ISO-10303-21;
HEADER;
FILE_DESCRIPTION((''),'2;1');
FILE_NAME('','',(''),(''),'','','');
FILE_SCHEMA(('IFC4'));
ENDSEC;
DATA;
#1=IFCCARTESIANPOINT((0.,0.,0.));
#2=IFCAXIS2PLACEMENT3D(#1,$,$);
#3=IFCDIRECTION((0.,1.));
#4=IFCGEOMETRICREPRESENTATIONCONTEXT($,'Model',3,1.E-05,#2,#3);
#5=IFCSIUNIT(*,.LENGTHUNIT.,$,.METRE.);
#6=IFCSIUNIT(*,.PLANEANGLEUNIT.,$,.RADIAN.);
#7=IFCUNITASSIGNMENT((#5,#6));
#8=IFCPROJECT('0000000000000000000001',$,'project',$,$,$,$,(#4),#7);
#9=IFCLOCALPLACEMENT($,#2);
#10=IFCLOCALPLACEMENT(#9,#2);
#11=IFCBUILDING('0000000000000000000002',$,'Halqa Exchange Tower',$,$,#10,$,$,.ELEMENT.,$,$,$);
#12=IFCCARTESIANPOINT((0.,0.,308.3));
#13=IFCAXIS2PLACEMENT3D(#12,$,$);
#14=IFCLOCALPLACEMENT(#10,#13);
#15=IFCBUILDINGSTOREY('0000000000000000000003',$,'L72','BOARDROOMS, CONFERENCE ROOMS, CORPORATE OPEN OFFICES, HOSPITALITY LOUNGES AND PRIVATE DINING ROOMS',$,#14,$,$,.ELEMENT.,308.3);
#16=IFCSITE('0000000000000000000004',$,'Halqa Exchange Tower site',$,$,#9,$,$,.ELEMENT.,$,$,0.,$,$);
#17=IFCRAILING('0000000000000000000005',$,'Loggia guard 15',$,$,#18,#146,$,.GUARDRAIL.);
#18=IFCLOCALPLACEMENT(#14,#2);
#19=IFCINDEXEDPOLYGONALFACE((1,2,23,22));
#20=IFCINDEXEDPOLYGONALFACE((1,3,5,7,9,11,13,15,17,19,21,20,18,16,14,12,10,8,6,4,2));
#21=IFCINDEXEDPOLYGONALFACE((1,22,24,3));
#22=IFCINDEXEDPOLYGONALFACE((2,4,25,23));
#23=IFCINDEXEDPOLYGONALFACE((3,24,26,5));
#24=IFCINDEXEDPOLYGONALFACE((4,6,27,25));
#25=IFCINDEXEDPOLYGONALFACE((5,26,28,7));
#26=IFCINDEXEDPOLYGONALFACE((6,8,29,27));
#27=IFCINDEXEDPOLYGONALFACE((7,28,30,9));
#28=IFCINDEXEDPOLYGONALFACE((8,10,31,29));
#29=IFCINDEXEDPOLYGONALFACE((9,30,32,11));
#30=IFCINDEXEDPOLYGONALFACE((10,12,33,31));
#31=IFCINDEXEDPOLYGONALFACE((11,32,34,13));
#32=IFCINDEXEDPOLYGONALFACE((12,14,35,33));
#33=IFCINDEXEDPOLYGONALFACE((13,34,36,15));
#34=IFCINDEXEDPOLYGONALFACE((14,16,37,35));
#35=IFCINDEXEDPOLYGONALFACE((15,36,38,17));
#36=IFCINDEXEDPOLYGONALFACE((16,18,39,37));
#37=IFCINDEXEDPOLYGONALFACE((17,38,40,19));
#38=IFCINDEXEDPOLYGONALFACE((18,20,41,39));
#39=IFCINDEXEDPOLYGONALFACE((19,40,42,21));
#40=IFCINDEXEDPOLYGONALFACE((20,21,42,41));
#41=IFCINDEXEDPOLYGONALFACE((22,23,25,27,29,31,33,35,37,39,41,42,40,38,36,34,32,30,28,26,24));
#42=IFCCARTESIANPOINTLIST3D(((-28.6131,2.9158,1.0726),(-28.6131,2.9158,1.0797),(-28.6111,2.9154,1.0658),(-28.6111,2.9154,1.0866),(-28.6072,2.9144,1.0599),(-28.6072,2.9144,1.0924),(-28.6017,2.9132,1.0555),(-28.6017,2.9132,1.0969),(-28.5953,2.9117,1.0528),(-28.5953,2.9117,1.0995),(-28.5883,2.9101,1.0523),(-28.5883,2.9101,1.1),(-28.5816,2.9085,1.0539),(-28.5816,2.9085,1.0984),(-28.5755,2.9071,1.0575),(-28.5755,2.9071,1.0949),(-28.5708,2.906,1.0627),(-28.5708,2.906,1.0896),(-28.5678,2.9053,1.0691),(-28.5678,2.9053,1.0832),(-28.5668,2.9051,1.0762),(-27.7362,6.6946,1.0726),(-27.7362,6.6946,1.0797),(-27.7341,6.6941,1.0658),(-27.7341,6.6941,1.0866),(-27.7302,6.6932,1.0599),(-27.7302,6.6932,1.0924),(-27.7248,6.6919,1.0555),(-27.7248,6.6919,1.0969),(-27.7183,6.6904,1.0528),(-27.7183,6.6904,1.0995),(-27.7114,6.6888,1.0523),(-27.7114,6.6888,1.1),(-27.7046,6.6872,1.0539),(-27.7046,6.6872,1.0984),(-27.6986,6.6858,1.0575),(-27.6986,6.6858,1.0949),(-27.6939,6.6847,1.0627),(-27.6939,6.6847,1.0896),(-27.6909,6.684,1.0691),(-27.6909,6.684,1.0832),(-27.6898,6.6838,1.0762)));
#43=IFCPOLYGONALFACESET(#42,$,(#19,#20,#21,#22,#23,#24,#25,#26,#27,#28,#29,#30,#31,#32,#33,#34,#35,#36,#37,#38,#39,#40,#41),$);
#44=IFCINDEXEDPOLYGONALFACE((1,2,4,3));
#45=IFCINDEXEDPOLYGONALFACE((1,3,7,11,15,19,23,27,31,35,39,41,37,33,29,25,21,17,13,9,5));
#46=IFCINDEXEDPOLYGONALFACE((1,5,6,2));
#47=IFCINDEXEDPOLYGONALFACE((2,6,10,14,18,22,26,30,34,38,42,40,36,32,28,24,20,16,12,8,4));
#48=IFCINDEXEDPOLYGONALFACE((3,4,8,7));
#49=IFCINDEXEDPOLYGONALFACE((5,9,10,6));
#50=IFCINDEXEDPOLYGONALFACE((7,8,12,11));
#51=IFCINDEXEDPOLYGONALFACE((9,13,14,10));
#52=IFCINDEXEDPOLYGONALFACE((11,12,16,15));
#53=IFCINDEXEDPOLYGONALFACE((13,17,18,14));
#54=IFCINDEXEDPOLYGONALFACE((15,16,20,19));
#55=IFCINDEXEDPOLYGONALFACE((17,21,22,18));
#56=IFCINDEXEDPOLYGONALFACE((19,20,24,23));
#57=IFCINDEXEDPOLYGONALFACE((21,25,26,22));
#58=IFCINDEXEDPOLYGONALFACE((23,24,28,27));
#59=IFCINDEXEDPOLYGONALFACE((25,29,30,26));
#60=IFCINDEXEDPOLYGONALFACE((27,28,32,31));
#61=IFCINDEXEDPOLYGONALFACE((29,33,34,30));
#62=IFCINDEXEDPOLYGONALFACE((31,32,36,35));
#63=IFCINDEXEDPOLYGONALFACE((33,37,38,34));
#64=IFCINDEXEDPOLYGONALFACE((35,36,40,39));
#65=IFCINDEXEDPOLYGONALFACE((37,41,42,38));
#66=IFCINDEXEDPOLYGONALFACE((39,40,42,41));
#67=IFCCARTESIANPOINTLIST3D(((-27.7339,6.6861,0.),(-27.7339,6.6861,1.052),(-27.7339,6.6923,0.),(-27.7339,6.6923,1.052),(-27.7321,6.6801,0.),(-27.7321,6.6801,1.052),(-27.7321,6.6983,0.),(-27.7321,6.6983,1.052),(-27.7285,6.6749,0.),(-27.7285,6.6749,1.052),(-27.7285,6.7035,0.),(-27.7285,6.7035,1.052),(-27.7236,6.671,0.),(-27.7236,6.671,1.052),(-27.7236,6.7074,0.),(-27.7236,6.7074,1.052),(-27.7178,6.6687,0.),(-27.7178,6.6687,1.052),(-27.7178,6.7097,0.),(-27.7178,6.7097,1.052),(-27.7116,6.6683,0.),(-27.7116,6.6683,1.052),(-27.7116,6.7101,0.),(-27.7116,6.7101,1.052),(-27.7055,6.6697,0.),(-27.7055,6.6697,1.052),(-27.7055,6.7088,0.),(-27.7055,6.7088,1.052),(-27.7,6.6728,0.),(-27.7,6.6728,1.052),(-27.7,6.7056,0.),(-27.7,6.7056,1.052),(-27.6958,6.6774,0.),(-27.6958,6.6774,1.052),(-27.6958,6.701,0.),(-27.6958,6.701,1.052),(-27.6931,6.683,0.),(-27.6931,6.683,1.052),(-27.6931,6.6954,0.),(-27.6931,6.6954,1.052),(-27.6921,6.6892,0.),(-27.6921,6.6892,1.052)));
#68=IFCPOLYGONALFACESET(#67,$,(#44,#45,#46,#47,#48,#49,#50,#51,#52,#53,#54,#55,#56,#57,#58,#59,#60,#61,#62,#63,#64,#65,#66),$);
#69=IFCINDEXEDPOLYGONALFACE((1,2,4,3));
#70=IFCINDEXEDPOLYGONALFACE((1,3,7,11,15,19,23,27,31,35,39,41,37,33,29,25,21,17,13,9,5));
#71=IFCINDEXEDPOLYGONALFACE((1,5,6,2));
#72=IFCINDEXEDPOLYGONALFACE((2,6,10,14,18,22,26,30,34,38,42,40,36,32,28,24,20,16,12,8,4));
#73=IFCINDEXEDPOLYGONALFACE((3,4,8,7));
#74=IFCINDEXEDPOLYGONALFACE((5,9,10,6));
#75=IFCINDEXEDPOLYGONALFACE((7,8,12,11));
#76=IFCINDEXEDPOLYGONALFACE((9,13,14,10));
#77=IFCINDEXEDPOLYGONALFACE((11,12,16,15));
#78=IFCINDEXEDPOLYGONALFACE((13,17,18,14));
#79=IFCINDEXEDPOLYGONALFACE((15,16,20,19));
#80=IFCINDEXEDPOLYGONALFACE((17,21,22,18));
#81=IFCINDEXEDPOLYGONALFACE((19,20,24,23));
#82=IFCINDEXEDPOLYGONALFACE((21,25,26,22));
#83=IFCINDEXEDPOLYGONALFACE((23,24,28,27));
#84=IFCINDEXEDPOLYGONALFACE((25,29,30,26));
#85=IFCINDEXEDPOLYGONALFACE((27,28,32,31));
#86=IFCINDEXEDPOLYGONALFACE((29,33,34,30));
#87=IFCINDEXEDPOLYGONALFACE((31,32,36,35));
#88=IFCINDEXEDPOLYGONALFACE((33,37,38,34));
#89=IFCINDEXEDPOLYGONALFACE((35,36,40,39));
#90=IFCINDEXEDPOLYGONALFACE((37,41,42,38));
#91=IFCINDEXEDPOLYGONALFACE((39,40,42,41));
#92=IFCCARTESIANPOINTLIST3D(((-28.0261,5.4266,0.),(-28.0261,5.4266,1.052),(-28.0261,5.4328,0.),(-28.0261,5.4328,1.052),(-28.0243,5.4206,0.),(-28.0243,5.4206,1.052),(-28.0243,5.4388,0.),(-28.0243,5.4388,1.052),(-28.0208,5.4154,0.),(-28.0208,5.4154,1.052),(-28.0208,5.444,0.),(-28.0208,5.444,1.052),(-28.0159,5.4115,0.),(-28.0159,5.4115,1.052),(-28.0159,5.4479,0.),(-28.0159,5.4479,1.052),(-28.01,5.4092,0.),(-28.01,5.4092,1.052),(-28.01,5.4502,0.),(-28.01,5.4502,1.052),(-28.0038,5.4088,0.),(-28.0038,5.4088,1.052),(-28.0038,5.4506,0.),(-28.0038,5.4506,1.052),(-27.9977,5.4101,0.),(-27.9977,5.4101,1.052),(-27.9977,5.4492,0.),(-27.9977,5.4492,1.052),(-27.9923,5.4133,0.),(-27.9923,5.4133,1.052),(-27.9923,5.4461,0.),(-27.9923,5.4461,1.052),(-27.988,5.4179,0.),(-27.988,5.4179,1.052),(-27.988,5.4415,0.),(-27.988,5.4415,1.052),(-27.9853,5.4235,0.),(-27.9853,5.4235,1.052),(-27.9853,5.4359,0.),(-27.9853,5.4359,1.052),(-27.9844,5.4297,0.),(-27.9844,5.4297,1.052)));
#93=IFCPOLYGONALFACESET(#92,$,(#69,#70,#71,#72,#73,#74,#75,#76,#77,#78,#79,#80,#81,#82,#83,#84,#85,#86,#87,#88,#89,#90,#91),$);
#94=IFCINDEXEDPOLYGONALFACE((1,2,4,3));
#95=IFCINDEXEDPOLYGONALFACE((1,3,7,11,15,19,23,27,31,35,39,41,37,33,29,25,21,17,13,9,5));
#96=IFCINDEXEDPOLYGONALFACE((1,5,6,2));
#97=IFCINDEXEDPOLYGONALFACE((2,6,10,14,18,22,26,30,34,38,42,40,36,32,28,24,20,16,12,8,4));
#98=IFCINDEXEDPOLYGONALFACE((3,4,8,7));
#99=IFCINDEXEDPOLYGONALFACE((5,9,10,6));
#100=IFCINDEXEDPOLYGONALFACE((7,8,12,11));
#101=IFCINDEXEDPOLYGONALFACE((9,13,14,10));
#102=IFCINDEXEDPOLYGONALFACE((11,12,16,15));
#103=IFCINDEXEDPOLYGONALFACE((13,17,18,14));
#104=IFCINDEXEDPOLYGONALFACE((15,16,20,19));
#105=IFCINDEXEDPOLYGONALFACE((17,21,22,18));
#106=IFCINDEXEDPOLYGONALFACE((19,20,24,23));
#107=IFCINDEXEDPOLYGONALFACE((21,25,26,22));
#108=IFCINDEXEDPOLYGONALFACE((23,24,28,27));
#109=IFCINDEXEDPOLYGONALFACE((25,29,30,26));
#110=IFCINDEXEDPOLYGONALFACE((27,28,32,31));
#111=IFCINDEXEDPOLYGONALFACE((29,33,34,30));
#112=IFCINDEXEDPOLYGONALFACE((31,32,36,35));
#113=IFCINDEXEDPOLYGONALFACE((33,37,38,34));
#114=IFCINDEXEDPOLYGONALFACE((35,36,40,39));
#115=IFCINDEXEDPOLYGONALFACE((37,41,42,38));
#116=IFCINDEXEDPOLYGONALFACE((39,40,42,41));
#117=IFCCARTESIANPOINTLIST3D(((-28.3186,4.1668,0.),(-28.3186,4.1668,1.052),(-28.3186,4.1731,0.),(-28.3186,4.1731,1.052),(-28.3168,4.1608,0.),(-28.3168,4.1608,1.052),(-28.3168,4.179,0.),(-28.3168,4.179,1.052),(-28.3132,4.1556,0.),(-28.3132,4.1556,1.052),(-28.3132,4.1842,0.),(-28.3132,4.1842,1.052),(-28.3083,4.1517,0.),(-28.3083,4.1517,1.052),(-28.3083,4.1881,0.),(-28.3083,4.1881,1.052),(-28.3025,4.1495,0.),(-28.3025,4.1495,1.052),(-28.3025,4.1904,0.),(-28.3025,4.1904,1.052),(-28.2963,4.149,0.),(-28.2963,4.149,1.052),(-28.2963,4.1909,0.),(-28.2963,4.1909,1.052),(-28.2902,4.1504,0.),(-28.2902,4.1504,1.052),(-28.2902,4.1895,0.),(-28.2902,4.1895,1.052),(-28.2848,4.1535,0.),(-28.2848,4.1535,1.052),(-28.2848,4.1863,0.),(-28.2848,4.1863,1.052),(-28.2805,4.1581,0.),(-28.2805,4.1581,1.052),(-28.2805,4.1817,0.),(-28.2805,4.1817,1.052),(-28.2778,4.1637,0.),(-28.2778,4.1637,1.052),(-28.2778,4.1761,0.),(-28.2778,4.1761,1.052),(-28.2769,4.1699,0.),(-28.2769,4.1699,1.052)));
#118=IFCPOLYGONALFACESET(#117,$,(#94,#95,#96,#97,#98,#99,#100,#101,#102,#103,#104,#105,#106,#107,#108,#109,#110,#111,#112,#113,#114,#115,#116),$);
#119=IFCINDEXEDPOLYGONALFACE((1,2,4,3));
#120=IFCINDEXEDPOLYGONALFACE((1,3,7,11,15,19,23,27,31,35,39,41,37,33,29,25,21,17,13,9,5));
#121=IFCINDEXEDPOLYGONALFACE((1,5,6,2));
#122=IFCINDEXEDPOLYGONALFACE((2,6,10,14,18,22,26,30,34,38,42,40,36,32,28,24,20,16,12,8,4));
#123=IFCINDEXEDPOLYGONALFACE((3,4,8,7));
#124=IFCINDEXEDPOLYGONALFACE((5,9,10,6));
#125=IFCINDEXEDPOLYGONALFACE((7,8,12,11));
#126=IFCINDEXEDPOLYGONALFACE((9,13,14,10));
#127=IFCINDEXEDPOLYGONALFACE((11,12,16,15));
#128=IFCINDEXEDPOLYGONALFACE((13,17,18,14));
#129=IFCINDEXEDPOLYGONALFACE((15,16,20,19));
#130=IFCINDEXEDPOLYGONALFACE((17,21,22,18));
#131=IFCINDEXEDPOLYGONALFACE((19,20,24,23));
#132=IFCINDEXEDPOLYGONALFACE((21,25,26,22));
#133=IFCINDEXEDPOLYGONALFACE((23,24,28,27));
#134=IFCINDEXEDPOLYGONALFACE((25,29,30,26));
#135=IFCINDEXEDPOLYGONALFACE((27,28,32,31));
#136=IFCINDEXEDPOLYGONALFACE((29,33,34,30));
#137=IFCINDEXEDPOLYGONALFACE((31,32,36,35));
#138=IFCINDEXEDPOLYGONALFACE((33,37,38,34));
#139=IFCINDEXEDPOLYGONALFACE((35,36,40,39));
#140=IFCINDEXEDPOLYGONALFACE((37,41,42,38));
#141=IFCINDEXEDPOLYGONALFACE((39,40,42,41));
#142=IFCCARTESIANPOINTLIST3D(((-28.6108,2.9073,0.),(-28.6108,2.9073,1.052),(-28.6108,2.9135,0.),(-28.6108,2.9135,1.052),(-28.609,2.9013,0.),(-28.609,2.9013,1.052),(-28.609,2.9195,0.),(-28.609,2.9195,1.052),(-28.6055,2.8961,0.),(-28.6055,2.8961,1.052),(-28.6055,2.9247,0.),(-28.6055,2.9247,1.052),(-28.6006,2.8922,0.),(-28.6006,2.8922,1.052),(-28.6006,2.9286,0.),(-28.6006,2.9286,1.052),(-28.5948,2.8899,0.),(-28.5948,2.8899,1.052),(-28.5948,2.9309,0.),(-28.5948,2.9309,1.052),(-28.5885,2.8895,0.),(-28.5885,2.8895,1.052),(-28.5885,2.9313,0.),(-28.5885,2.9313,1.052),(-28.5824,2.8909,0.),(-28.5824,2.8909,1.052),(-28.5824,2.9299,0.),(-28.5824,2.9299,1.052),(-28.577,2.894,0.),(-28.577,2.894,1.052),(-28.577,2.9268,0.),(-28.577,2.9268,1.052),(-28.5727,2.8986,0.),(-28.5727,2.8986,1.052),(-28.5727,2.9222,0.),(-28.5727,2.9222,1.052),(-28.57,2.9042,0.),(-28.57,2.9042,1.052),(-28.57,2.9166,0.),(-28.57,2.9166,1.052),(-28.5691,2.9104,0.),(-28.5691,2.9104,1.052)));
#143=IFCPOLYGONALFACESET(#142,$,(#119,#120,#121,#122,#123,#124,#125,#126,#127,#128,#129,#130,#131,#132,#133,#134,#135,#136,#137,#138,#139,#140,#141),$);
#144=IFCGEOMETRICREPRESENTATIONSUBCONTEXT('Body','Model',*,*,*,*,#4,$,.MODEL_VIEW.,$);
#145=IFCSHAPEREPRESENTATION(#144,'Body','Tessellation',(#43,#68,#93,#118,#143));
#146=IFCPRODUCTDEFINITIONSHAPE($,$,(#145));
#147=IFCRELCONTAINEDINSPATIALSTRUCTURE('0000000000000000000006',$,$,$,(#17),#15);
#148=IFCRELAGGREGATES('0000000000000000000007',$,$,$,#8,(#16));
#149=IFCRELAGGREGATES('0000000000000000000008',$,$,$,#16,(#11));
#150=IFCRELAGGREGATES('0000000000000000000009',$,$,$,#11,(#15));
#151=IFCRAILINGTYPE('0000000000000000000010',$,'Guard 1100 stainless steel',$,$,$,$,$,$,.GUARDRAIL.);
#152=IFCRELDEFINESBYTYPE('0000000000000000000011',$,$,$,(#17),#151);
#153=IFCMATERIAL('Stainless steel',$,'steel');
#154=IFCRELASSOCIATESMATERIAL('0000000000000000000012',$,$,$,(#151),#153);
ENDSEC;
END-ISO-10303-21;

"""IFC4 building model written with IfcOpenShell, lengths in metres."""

from ifc_helpers import new_model, si_unit, direction, frame, origin, origin_2d, place, context, subcontext, project, spatial, circle, extrude, material, type_object, element, save


model = new_model("IFC4")

# Units and contexts
model_context = context("Model", 3, precision=1e-05, world=origin(), true_north=direction((0.0, 1.0)))
body_context = subcontext(model_context, "Body", "Model", "MODEL_VIEW")
ifc_project = project(units=[si_unit("LENGTHUNIT", "METRE"), si_unit("PLANEANGLEUNIT", "RADIAN")], contexts=[model_context])

# Site, building, storey
site_placement = place(None, origin())
site = spatial("IfcSite", under=ifc_project, at=site_placement, Name="Halqa Exchange Tower site", CompositionType="ELEMENT", RefElevation=0.0)
building_placement = place(site_placement, origin())
building = spatial("IfcBuilding", under=site, at=building_placement, Name="Halqa Exchange Tower", CompositionType="ELEMENT")
storey_placement = place(building_placement, frame((0.0, 0.0, 308.3)))
storey = spatial("IfcBuildingStorey", under=building, at=storey_placement, Name="L72", Description="BOARDROOMS, CONFERENCE ROOMS, CORPORATE OPEN OFFICES, HOSPITALITY LOUNGES AND PRIVATE DINING ROOMS", CompositionType="ELEMENT", Elevation=308.3)

# Railing
ifc_material_1 = material(Name="Stainless steel", Category="steel")
railing_type = type_object("IfcRailingType", Name="Guard 1100 stainless steel", PredefinedType="GUARDRAIL", material=ifc_material_1)
railing_1_placement = place(storey_placement, frame((-27.7131, 6.6892, 0.0)))
element("IfcRailing", 1, at=railing_1_placement, inside=storey, type_object=railing_type, Name="Loggia guard 15", PredefinedType="GUARDRAIL", context=body_context, shape_type="SweptSolid", body=[
    extrude(circle(Radius=0.0239, at=origin_2d()), frame((0.0, 0.0, 1.0762), z_axis=(-0.226064, -0.974113, 0.0), x_axis=(0.974113, -0.226064, 0.0)), (0.0, 0.0, 1.0), 3.8792),
    extrude(circle(Radius=0.021, at=origin_2d()), origin(), (0.0, 0.0, 1.0), 1.052),
    extrude(circle(Radius=0.021, at=origin_2d()), frame((-0.2922, -1.2595, 0.0)), (0.0, 0.0, 1.0), 1.052),
    extrude(circle(Radius=0.021, at=origin_2d()), frame((-0.5847, -2.5193, 0.0)), (0.0, 0.0, 1.0), 1.052),
    extrude(circle(Radius=0.021, at=origin_2d()), frame((-0.877, -3.7788, 0.0)), (0.0, 0.0, 1.0), 1.052),
])

save(model, "model.ifc")
